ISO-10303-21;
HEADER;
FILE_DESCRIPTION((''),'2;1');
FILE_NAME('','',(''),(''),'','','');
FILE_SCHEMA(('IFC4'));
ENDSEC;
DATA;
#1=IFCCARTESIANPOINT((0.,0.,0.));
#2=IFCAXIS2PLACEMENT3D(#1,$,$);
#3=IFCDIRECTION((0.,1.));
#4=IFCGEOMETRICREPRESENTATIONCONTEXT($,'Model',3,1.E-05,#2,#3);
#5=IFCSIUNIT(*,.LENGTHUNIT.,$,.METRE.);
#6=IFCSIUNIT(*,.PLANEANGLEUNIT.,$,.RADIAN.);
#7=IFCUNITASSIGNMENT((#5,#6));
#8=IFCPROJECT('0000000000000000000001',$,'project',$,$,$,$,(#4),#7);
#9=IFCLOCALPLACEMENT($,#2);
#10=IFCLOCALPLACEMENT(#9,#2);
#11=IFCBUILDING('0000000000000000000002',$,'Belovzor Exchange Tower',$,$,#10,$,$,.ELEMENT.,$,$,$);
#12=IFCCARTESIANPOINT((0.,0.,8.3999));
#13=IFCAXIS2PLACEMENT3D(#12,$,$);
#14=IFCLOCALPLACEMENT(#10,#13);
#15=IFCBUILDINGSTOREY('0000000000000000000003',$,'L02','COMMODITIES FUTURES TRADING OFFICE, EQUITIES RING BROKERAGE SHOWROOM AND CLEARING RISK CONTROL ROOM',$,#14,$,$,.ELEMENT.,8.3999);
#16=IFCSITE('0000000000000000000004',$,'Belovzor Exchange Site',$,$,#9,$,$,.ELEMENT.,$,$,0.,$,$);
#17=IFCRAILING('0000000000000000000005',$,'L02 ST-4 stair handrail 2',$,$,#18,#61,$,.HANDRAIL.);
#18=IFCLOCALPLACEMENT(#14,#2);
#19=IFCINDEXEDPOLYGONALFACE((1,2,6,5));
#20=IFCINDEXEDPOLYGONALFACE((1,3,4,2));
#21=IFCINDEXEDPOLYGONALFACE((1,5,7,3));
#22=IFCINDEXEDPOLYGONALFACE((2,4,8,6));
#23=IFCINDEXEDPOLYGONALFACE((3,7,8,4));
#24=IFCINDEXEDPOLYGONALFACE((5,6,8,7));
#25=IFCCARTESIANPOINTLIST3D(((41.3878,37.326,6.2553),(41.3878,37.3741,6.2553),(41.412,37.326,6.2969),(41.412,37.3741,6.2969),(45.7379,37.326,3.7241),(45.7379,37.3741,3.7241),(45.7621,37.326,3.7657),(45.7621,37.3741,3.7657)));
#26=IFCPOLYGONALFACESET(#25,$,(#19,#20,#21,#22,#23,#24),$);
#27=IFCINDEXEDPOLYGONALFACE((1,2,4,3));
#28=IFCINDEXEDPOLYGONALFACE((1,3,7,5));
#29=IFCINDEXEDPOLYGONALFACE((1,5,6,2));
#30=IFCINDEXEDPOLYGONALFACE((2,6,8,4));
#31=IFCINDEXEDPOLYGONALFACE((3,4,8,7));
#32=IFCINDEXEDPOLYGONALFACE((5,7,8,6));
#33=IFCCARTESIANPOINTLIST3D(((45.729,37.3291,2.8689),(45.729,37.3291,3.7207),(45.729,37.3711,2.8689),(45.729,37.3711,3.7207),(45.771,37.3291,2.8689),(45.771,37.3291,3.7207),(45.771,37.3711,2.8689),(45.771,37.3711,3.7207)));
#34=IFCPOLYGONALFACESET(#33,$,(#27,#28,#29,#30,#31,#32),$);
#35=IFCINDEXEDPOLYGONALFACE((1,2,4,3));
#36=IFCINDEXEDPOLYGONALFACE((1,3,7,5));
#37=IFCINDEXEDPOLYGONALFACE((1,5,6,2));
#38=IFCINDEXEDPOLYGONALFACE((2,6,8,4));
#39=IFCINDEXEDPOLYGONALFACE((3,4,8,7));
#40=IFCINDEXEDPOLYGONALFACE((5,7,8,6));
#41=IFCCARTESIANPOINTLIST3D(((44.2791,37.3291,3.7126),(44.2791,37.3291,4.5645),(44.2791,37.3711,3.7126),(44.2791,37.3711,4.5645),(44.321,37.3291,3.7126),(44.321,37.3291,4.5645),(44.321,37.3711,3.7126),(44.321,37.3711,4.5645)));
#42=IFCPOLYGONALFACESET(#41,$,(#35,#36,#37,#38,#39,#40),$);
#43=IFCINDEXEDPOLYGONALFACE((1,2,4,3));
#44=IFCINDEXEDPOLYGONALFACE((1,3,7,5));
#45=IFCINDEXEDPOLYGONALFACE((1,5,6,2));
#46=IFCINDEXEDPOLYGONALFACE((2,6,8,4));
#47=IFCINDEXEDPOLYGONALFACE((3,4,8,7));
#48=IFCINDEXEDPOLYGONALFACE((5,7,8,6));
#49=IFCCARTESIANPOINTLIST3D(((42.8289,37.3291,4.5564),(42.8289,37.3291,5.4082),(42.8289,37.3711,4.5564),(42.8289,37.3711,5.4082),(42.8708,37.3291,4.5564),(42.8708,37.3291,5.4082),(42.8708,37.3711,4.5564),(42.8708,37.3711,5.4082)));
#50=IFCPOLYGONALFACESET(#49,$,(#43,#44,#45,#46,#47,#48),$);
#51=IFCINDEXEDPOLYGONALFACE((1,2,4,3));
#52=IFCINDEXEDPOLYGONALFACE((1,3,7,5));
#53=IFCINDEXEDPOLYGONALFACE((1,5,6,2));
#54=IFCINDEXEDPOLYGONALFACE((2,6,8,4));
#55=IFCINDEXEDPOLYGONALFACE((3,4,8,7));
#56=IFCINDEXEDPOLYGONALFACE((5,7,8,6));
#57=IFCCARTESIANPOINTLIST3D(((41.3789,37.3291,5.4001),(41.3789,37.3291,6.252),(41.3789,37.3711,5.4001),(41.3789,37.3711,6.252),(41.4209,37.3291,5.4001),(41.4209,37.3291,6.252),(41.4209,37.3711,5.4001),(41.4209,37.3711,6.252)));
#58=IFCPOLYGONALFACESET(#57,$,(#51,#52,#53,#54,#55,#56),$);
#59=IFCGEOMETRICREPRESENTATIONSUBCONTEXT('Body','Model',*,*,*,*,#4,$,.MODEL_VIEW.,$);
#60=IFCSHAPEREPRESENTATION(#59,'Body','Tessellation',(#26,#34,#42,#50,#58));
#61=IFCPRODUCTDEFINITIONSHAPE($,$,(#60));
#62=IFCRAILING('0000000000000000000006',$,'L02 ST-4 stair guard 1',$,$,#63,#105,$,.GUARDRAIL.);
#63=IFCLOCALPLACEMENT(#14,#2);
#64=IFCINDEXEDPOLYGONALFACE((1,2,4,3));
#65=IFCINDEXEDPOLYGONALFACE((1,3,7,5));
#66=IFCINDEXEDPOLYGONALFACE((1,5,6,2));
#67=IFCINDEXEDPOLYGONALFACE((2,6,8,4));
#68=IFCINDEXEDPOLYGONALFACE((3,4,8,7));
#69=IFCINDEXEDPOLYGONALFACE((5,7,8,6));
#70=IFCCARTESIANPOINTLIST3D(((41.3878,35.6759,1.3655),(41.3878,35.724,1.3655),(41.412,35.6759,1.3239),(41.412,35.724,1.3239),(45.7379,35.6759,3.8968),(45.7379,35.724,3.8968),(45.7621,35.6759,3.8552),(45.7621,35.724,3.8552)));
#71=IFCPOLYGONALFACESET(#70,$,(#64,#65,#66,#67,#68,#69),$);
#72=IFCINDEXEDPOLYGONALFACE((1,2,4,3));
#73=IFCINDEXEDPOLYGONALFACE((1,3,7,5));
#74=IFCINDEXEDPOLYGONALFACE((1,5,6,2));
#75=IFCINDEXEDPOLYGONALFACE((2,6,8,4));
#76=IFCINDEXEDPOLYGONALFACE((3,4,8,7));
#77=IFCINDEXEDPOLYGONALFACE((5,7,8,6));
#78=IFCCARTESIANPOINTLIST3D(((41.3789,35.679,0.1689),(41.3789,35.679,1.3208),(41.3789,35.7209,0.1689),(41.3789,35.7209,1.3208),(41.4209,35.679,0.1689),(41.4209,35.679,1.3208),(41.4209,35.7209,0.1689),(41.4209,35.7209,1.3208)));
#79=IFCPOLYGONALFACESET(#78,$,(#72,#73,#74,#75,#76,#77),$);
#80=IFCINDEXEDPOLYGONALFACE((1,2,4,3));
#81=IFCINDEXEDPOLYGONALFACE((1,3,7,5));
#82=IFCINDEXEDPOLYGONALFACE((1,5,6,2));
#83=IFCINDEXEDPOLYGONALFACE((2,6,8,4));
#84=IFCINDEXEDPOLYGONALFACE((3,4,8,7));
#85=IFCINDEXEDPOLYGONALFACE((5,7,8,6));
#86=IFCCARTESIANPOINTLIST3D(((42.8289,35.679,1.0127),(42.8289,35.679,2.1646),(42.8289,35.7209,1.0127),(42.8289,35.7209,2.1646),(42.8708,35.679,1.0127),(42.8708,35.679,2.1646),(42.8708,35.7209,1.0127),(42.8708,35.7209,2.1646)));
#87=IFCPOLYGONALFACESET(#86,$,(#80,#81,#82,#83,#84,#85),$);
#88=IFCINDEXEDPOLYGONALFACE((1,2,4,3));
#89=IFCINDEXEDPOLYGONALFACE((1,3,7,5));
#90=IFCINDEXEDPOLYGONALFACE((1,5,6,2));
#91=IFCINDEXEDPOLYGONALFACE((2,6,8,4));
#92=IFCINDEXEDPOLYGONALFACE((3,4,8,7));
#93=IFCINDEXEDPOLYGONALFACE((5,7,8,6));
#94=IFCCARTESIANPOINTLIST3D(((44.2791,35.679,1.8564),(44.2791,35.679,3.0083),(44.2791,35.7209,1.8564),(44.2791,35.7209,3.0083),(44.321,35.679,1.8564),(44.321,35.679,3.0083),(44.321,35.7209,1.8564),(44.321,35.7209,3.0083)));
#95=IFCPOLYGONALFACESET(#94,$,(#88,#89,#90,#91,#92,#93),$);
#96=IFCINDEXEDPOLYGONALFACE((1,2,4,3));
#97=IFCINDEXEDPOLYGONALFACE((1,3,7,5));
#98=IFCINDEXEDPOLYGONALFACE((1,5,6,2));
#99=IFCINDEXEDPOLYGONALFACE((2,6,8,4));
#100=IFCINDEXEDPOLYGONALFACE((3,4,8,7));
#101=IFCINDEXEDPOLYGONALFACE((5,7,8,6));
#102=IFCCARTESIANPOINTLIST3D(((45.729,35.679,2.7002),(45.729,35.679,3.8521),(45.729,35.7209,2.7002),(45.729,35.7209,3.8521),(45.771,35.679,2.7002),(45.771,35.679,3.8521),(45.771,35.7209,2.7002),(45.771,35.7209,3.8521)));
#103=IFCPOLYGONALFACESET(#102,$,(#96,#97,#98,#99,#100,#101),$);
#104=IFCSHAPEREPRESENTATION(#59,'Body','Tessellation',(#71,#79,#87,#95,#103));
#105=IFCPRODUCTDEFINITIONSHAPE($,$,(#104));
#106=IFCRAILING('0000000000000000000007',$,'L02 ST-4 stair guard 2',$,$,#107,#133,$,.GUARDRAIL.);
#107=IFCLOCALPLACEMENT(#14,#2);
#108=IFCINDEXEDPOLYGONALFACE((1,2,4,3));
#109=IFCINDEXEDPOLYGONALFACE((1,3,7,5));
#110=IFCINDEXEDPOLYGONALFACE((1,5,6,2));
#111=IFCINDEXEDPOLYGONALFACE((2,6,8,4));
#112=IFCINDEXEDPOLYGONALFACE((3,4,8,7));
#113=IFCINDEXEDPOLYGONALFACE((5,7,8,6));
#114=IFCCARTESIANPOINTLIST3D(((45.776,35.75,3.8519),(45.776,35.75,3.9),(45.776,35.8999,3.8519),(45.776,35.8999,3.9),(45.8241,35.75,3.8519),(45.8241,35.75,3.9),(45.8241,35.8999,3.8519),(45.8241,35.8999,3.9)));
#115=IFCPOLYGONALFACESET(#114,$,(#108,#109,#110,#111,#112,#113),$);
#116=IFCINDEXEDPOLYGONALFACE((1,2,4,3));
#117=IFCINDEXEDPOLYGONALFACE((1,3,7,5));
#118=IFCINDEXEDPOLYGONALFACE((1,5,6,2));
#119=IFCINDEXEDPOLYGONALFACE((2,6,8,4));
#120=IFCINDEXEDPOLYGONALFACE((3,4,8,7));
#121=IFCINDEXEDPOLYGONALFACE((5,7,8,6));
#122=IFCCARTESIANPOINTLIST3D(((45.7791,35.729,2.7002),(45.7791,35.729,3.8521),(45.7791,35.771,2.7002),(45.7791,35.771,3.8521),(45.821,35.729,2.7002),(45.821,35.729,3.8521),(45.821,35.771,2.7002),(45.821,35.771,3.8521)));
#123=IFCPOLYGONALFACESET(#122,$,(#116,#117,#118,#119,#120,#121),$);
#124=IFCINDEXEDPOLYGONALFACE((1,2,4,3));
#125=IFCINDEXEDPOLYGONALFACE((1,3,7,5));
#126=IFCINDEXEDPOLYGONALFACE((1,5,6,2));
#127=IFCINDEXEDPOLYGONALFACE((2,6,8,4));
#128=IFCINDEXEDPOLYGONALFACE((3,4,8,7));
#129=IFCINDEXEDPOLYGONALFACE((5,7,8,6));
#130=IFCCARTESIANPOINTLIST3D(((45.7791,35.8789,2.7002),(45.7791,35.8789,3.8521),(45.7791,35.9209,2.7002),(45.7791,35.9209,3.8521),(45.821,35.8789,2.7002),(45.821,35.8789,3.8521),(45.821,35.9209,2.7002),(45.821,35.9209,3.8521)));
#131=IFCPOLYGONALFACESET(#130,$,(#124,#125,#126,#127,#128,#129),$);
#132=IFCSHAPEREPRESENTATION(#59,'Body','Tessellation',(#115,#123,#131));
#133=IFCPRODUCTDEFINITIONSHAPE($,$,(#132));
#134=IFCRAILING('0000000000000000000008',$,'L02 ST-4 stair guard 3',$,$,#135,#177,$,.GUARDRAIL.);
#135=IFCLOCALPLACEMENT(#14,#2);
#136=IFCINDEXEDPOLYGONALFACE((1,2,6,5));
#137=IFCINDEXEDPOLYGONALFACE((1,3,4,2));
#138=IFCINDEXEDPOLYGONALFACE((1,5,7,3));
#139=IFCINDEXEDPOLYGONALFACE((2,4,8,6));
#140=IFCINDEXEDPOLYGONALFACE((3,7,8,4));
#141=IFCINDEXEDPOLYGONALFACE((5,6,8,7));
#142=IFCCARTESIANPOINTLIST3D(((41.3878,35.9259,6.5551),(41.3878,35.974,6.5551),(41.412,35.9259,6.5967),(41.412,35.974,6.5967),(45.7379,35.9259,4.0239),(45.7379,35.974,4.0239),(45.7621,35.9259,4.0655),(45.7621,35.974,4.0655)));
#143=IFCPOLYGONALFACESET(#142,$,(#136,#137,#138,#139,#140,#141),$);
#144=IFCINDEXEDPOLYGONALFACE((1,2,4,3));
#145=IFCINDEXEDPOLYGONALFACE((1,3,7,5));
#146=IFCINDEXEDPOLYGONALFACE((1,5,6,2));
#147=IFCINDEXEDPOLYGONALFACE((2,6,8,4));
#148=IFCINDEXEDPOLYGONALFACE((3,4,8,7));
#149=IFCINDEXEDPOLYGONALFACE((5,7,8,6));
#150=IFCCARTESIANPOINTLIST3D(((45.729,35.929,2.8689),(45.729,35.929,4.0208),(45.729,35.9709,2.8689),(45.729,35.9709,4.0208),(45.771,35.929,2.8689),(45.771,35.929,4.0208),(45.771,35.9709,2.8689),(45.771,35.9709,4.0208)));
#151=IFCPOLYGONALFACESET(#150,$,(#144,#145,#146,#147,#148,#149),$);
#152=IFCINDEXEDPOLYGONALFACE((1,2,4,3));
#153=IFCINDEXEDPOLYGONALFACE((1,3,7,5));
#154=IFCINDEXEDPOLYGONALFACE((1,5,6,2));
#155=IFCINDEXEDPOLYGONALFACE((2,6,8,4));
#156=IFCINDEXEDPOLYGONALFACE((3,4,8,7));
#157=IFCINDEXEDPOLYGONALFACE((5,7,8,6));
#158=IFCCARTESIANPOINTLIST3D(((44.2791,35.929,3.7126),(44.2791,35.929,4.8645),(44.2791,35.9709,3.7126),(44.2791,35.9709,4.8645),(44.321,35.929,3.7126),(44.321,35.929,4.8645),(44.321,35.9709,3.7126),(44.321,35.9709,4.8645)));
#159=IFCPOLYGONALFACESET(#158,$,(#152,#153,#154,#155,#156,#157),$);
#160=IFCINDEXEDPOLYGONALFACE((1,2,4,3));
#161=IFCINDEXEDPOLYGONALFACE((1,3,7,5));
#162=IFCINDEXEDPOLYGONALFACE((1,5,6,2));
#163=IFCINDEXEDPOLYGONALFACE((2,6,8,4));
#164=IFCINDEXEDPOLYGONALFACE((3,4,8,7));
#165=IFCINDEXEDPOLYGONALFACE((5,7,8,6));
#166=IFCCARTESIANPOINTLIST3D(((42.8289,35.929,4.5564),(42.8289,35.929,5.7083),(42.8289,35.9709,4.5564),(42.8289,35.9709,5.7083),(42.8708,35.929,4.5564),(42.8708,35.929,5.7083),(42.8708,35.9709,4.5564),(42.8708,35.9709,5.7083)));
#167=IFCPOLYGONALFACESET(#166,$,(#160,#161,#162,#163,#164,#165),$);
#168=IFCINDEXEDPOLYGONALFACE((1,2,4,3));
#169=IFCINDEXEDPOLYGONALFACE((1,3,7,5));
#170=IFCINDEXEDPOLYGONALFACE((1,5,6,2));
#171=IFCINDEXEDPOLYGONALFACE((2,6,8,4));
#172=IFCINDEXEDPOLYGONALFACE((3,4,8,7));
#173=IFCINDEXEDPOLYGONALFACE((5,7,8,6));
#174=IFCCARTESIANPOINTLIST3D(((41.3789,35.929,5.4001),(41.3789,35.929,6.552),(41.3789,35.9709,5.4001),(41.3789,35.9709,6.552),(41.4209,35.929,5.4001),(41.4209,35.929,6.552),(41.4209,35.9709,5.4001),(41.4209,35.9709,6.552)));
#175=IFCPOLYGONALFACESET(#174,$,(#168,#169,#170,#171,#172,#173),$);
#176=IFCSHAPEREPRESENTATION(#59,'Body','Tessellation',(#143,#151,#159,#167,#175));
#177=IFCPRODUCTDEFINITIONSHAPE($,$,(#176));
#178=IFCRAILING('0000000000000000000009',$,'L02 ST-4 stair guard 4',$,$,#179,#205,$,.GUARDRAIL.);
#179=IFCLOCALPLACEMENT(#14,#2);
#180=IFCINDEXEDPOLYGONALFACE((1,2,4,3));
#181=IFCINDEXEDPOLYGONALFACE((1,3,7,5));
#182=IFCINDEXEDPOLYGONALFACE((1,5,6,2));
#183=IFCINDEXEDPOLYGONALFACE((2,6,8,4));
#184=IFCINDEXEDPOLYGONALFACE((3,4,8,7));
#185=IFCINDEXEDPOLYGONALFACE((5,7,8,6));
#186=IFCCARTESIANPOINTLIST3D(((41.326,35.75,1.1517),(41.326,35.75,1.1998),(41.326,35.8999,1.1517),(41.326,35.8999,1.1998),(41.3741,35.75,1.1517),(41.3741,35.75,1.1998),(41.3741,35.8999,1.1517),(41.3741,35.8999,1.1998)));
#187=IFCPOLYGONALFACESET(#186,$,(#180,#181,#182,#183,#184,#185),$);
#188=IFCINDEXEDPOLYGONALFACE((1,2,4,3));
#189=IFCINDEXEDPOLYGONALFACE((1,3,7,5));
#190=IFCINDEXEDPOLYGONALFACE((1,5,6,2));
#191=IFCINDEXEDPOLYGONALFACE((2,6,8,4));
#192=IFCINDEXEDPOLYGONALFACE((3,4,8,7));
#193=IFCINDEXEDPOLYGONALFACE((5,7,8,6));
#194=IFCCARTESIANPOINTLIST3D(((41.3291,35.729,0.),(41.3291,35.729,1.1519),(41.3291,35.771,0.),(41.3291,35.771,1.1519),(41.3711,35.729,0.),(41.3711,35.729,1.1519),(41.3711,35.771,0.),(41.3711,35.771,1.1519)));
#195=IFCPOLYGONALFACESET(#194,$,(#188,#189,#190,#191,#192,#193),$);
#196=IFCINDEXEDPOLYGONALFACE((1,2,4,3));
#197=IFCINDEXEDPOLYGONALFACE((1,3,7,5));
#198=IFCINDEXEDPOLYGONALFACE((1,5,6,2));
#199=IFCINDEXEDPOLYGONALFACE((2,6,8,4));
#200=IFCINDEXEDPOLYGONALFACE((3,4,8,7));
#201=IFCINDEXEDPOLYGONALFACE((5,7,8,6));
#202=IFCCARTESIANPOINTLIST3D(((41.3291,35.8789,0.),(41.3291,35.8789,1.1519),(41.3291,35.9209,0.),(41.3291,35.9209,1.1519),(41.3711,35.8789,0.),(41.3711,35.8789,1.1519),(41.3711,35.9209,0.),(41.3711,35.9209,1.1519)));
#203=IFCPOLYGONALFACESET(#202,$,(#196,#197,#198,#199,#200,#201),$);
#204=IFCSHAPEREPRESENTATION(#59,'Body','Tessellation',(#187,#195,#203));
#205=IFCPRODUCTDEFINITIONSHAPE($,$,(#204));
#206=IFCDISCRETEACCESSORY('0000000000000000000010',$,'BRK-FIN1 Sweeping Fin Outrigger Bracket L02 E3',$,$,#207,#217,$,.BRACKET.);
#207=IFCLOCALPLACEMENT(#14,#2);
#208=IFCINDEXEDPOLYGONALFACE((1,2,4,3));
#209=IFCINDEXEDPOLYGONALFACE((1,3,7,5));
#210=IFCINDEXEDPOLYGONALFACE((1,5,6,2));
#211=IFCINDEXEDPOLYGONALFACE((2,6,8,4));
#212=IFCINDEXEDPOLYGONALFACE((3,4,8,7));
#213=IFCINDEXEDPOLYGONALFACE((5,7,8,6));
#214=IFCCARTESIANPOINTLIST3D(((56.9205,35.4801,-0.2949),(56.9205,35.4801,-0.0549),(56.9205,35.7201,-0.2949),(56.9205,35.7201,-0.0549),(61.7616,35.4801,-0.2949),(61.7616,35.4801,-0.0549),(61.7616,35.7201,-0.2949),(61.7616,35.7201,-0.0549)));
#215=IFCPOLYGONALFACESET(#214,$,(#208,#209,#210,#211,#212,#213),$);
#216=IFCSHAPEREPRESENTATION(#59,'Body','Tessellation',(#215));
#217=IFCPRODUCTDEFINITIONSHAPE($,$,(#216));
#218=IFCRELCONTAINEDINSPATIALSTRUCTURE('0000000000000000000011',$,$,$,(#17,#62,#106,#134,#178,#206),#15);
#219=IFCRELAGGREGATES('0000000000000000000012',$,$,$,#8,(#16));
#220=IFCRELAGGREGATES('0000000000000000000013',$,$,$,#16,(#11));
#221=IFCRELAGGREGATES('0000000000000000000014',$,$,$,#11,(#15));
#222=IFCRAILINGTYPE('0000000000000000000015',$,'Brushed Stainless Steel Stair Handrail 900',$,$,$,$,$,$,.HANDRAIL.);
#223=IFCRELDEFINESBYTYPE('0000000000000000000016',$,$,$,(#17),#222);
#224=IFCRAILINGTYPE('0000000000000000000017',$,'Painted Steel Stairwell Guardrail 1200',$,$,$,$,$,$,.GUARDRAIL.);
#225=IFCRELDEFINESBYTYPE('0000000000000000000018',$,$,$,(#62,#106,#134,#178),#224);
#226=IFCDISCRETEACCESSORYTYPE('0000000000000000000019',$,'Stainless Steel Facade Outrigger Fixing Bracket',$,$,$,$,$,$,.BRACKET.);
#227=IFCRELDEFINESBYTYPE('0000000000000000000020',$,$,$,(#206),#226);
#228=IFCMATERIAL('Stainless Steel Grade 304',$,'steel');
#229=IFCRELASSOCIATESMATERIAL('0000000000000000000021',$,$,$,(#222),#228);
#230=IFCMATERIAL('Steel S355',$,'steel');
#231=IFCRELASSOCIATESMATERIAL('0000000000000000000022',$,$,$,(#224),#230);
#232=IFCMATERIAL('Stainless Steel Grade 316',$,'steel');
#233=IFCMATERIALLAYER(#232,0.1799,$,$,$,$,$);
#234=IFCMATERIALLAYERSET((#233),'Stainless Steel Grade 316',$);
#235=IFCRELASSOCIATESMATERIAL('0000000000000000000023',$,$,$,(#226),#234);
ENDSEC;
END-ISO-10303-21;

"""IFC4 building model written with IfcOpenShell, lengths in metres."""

from ifc_helpers import new_model, si_unit, direction, frame, origin, origin_2d, place, context, subcontext, project, spatial, rectangle, extrude, material, layer, layer_set, type_object, element, save


model = new_model("IFC4")

# Units and contexts
model_context = context("Model", 3, precision=1e-05, world=origin(), true_north=direction((0.0, 1.0)))
body_context = subcontext(model_context, "Body", "Model", "MODEL_VIEW")
ifc_project = project(units=[si_unit("LENGTHUNIT", "METRE"), si_unit("PLANEANGLEUNIT", "RADIAN")], contexts=[model_context])

# Site, building, storey
site_placement = place(None, origin())
site = spatial("IfcSite", under=ifc_project, at=site_placement, Name="Belovzor Exchange Site", CompositionType="ELEMENT", RefElevation=0.0)
building_placement = place(site_placement, origin())
building = spatial("IfcBuilding", under=site, at=building_placement, Name="Belovzor Exchange Tower", CompositionType="ELEMENT")
storey_placement = place(building_placement, frame((0.0, 0.0, 8.3999)))
storey = spatial("IfcBuildingStorey", under=building, at=storey_placement, Name="L02", Description="COMMODITIES FUTURES TRADING OFFICE, EQUITIES RING BROKERAGE SHOWROOM AND CLEARING RISK CONTROL ROOM", CompositionType="ELEMENT", Elevation=8.3999)

# Railings
ifc_material_1 = material(Name="Stainless Steel Grade 304", Category="steel")
railing_type_1 = type_object("IfcRailingType", Name="Brushed Stainless Steel Stair Handrail 900", PredefinedType="HANDRAIL", material=ifc_material_1)
railing_1_placement = place(storey_placement, frame((45.75, 37.3501, 2.8689)))
element("IfcRailing", 1, at=railing_1_placement, inside=storey, type_object=railing_type_1, Name="L02 ST-4 stair handrail 2", PredefinedType="HANDRAIL", context=body_context, shape_type="SweptSolid", body=[
    extrude(rectangle(XDim=0.0481, YDim=0.0481, at=origin_2d()), frame((0.0, 0.0, 0.876), z_axis=(-0.864324, 0.0, 0.502936), x_axis=(0.0, -1.0, 0.0)), (0.0, 0.0, 1.0), 5.033),
    extrude(rectangle(XDim=0.042, YDim=0.042, at=origin_2d()), origin(), (0.0, 0.0, 1.0), 0.8518),
    extrude(rectangle(XDim=0.042, YDim=0.042, at=origin_2d()), frame((-1.45, 0.0, 0.8438)), (0.0, 0.0, 1.0), 0.8518),
    extrude(rectangle(XDim=0.042, YDim=0.042, at=origin_2d()), frame((-2.9001, 0.0, 1.6875)), (0.0, 0.0, 1.0), 0.8518),
    extrude(rectangle(XDim=0.042, YDim=0.042, at=origin_2d()), frame((-4.3501, 0.0, 2.5312)), (0.0, 0.0, 1.0), 0.8518),
])
ifc_material_2 = material(Name="Steel S355", Category="steel")
railing_type_2 = type_object("IfcRailingType", Name="Painted Steel Stairwell Guardrail 1200", PredefinedType="GUARDRAIL", material=ifc_material_2)
railing_2_placement = place(storey_placement, frame((41.3999, 35.7, 0.1689)))
element("IfcRailing", 2, at=railing_2_placement, inside=storey, type_object=railing_type_2, Name="L02 ST-4 stair guard 1", PredefinedType="GUARDRAIL", context=body_context, shape_type="SweptSolid", body=[
    extrude(rectangle(XDim=0.0481, YDim=0.0481, at=origin_2d()), frame((0.0, 0.0, 1.1758), z_axis=(0.864324, 0.0, 0.502936), x_axis=(0.0, 1.0, 0.0)), (0.0, 0.0, 1.0), 5.033),
    extrude(rectangle(XDim=0.042, YDim=0.042, at=origin_2d()), origin(), (0.0, 0.0, 1.0), 1.1519),
    extrude(rectangle(XDim=0.042, YDim=0.042, at=origin_2d()), frame((1.45, 0.0, 0.8438)), (0.0, 0.0, 1.0), 1.1519),
    extrude(rectangle(XDim=0.042, YDim=0.042, at=origin_2d()), frame((2.9001, 0.0, 1.6875)), (0.0, 0.0, 1.0), 1.1519),
    extrude(rectangle(XDim=0.042, YDim=0.042, at=origin_2d()), frame((4.3501, 0.0, 2.5312)), (0.0, 0.0, 1.0), 1.1519),
])
railing_3_placement = place(storey_placement, frame((45.8, 35.75, 2.7002)))
element("IfcRailing", 3, at=railing_3_placement, inside=storey, type_object=railing_type_2, Name="L02 ST-4 stair guard 2", PredefinedType="GUARDRAIL", context=body_context, shape_type="SweptSolid", body=[
    extrude(rectangle(XDim=0.0481, YDim=0.0481, at=origin_2d()), frame((0.0, 0.0, 1.1758), z_axis=(0.0, 1.0, 0.0), x_axis=(-1.0, 0.0, 0.0)), (0.0, 0.0, 1.0), 0.1499),
    extrude(rectangle(XDim=0.042, YDim=0.042, at=origin_2d()), origin(), (0.0, 0.0, 1.0), 1.1519),
    extrude(rectangle(XDim=0.042, YDim=0.042, at=origin_2d()), frame((0.0, 0.1499, 0.0)), (0.0, 0.0, 1.0), 1.1519),
])
railing_4_placement = place(storey_placement, frame((45.75, 35.95, 2.8689)))
element("IfcRailing", 4, at=railing_4_placement, inside=storey, type_object=railing_type_2, Name="L02 ST-4 stair guard 3", PredefinedType="GUARDRAIL", context=body_context, shape_type="SweptSolid", body=[
    extrude(rectangle(XDim=0.0481, YDim=0.0481, at=origin_2d()), frame((0.0, 0.0, 1.1758), z_axis=(-0.864324, 0.0, 0.502936), x_axis=(0.0, -1.0, 0.0)), (0.0, 0.0, 1.0), 5.033),
    extrude(rectangle(XDim=0.042, YDim=0.042, at=origin_2d()), origin(), (0.0, 0.0, 1.0), 1.1519),
    extrude(rectangle(XDim=0.042, YDim=0.042, at=origin_2d()), frame((-1.45, 0.0, 0.8438)), (0.0, 0.0, 1.0), 1.1519),
    extrude(rectangle(XDim=0.042, YDim=0.042, at=origin_2d()), frame((-2.9001, 0.0, 1.6875)), (0.0, 0.0, 1.0), 1.1519),
    extrude(rectangle(XDim=0.042, YDim=0.042, at=origin_2d()), frame((-4.3501, 0.0, 2.5312)), (0.0, 0.0, 1.0), 1.1519),
])
railing_5_placement = place(storey_placement, frame((41.3501, 35.75, 0.0)))
element("IfcRailing", 5, at=railing_5_placement, inside=storey, type_object=railing_type_2, Name="L02 ST-4 stair guard 4", PredefinedType="GUARDRAIL", context=body_context, shape_type="SweptSolid", body=[
    extrude(rectangle(XDim=0.0481, YDim=0.0481, at=origin_2d()), frame((0.0, 0.0, 1.1758), z_axis=(0.0, 1.0, 0.0), x_axis=(-1.0, 0.0, 0.0)), (0.0, 0.0, 1.0), 0.1499),
    extrude(rectangle(XDim=0.042, YDim=0.042, at=origin_2d()), origin(), (0.0, 0.0, 1.0), 1.1519),
    extrude(rectangle(XDim=0.042, YDim=0.042, at=origin_2d()), frame((0.0, 0.1499, 0.0)), (0.0, 0.0, 1.0), 1.1519),
])

# Discrete accessory
ifc_material_3 = material(Name="Stainless Steel Grade 316", Category="steel")
ifc_layer_1 = layer(ifc_material_3, 0.1799)
ifc_layer_set_1 = layer_set([ifc_layer_1], Name="Stainless Steel Grade 316")
discrete_accessory_type = type_object("IfcDiscreteAccessoryType", Name="Stainless Steel Facade Outrigger Fixing Bracket", PredefinedType="BRACKET", material=ifc_layer_set_1)
discrete_accessory_placement = place(storey_placement, frame((59.3411, 35.6001, -0.2949), z_axis=(0.0, 0.0, 1.0), x_axis=(1.0, 0.0, 0.0)))
element("IfcDiscreteAccessory", 6, at=discrete_accessory_placement, inside=storey, type_object=discrete_accessory_type, Name="BRK-FIN1 Sweeping Fin Outrigger Bracket L02 E3", PredefinedType="BRACKET", context=body_context, shape_type="SweptSolid", body=[
    extrude(rectangle(XDim=4.8411, YDim=0.24, at=origin_2d()), origin(), (0.0, 0.0, 1.0), 0.24),
])

save(model, "model.ifc")
